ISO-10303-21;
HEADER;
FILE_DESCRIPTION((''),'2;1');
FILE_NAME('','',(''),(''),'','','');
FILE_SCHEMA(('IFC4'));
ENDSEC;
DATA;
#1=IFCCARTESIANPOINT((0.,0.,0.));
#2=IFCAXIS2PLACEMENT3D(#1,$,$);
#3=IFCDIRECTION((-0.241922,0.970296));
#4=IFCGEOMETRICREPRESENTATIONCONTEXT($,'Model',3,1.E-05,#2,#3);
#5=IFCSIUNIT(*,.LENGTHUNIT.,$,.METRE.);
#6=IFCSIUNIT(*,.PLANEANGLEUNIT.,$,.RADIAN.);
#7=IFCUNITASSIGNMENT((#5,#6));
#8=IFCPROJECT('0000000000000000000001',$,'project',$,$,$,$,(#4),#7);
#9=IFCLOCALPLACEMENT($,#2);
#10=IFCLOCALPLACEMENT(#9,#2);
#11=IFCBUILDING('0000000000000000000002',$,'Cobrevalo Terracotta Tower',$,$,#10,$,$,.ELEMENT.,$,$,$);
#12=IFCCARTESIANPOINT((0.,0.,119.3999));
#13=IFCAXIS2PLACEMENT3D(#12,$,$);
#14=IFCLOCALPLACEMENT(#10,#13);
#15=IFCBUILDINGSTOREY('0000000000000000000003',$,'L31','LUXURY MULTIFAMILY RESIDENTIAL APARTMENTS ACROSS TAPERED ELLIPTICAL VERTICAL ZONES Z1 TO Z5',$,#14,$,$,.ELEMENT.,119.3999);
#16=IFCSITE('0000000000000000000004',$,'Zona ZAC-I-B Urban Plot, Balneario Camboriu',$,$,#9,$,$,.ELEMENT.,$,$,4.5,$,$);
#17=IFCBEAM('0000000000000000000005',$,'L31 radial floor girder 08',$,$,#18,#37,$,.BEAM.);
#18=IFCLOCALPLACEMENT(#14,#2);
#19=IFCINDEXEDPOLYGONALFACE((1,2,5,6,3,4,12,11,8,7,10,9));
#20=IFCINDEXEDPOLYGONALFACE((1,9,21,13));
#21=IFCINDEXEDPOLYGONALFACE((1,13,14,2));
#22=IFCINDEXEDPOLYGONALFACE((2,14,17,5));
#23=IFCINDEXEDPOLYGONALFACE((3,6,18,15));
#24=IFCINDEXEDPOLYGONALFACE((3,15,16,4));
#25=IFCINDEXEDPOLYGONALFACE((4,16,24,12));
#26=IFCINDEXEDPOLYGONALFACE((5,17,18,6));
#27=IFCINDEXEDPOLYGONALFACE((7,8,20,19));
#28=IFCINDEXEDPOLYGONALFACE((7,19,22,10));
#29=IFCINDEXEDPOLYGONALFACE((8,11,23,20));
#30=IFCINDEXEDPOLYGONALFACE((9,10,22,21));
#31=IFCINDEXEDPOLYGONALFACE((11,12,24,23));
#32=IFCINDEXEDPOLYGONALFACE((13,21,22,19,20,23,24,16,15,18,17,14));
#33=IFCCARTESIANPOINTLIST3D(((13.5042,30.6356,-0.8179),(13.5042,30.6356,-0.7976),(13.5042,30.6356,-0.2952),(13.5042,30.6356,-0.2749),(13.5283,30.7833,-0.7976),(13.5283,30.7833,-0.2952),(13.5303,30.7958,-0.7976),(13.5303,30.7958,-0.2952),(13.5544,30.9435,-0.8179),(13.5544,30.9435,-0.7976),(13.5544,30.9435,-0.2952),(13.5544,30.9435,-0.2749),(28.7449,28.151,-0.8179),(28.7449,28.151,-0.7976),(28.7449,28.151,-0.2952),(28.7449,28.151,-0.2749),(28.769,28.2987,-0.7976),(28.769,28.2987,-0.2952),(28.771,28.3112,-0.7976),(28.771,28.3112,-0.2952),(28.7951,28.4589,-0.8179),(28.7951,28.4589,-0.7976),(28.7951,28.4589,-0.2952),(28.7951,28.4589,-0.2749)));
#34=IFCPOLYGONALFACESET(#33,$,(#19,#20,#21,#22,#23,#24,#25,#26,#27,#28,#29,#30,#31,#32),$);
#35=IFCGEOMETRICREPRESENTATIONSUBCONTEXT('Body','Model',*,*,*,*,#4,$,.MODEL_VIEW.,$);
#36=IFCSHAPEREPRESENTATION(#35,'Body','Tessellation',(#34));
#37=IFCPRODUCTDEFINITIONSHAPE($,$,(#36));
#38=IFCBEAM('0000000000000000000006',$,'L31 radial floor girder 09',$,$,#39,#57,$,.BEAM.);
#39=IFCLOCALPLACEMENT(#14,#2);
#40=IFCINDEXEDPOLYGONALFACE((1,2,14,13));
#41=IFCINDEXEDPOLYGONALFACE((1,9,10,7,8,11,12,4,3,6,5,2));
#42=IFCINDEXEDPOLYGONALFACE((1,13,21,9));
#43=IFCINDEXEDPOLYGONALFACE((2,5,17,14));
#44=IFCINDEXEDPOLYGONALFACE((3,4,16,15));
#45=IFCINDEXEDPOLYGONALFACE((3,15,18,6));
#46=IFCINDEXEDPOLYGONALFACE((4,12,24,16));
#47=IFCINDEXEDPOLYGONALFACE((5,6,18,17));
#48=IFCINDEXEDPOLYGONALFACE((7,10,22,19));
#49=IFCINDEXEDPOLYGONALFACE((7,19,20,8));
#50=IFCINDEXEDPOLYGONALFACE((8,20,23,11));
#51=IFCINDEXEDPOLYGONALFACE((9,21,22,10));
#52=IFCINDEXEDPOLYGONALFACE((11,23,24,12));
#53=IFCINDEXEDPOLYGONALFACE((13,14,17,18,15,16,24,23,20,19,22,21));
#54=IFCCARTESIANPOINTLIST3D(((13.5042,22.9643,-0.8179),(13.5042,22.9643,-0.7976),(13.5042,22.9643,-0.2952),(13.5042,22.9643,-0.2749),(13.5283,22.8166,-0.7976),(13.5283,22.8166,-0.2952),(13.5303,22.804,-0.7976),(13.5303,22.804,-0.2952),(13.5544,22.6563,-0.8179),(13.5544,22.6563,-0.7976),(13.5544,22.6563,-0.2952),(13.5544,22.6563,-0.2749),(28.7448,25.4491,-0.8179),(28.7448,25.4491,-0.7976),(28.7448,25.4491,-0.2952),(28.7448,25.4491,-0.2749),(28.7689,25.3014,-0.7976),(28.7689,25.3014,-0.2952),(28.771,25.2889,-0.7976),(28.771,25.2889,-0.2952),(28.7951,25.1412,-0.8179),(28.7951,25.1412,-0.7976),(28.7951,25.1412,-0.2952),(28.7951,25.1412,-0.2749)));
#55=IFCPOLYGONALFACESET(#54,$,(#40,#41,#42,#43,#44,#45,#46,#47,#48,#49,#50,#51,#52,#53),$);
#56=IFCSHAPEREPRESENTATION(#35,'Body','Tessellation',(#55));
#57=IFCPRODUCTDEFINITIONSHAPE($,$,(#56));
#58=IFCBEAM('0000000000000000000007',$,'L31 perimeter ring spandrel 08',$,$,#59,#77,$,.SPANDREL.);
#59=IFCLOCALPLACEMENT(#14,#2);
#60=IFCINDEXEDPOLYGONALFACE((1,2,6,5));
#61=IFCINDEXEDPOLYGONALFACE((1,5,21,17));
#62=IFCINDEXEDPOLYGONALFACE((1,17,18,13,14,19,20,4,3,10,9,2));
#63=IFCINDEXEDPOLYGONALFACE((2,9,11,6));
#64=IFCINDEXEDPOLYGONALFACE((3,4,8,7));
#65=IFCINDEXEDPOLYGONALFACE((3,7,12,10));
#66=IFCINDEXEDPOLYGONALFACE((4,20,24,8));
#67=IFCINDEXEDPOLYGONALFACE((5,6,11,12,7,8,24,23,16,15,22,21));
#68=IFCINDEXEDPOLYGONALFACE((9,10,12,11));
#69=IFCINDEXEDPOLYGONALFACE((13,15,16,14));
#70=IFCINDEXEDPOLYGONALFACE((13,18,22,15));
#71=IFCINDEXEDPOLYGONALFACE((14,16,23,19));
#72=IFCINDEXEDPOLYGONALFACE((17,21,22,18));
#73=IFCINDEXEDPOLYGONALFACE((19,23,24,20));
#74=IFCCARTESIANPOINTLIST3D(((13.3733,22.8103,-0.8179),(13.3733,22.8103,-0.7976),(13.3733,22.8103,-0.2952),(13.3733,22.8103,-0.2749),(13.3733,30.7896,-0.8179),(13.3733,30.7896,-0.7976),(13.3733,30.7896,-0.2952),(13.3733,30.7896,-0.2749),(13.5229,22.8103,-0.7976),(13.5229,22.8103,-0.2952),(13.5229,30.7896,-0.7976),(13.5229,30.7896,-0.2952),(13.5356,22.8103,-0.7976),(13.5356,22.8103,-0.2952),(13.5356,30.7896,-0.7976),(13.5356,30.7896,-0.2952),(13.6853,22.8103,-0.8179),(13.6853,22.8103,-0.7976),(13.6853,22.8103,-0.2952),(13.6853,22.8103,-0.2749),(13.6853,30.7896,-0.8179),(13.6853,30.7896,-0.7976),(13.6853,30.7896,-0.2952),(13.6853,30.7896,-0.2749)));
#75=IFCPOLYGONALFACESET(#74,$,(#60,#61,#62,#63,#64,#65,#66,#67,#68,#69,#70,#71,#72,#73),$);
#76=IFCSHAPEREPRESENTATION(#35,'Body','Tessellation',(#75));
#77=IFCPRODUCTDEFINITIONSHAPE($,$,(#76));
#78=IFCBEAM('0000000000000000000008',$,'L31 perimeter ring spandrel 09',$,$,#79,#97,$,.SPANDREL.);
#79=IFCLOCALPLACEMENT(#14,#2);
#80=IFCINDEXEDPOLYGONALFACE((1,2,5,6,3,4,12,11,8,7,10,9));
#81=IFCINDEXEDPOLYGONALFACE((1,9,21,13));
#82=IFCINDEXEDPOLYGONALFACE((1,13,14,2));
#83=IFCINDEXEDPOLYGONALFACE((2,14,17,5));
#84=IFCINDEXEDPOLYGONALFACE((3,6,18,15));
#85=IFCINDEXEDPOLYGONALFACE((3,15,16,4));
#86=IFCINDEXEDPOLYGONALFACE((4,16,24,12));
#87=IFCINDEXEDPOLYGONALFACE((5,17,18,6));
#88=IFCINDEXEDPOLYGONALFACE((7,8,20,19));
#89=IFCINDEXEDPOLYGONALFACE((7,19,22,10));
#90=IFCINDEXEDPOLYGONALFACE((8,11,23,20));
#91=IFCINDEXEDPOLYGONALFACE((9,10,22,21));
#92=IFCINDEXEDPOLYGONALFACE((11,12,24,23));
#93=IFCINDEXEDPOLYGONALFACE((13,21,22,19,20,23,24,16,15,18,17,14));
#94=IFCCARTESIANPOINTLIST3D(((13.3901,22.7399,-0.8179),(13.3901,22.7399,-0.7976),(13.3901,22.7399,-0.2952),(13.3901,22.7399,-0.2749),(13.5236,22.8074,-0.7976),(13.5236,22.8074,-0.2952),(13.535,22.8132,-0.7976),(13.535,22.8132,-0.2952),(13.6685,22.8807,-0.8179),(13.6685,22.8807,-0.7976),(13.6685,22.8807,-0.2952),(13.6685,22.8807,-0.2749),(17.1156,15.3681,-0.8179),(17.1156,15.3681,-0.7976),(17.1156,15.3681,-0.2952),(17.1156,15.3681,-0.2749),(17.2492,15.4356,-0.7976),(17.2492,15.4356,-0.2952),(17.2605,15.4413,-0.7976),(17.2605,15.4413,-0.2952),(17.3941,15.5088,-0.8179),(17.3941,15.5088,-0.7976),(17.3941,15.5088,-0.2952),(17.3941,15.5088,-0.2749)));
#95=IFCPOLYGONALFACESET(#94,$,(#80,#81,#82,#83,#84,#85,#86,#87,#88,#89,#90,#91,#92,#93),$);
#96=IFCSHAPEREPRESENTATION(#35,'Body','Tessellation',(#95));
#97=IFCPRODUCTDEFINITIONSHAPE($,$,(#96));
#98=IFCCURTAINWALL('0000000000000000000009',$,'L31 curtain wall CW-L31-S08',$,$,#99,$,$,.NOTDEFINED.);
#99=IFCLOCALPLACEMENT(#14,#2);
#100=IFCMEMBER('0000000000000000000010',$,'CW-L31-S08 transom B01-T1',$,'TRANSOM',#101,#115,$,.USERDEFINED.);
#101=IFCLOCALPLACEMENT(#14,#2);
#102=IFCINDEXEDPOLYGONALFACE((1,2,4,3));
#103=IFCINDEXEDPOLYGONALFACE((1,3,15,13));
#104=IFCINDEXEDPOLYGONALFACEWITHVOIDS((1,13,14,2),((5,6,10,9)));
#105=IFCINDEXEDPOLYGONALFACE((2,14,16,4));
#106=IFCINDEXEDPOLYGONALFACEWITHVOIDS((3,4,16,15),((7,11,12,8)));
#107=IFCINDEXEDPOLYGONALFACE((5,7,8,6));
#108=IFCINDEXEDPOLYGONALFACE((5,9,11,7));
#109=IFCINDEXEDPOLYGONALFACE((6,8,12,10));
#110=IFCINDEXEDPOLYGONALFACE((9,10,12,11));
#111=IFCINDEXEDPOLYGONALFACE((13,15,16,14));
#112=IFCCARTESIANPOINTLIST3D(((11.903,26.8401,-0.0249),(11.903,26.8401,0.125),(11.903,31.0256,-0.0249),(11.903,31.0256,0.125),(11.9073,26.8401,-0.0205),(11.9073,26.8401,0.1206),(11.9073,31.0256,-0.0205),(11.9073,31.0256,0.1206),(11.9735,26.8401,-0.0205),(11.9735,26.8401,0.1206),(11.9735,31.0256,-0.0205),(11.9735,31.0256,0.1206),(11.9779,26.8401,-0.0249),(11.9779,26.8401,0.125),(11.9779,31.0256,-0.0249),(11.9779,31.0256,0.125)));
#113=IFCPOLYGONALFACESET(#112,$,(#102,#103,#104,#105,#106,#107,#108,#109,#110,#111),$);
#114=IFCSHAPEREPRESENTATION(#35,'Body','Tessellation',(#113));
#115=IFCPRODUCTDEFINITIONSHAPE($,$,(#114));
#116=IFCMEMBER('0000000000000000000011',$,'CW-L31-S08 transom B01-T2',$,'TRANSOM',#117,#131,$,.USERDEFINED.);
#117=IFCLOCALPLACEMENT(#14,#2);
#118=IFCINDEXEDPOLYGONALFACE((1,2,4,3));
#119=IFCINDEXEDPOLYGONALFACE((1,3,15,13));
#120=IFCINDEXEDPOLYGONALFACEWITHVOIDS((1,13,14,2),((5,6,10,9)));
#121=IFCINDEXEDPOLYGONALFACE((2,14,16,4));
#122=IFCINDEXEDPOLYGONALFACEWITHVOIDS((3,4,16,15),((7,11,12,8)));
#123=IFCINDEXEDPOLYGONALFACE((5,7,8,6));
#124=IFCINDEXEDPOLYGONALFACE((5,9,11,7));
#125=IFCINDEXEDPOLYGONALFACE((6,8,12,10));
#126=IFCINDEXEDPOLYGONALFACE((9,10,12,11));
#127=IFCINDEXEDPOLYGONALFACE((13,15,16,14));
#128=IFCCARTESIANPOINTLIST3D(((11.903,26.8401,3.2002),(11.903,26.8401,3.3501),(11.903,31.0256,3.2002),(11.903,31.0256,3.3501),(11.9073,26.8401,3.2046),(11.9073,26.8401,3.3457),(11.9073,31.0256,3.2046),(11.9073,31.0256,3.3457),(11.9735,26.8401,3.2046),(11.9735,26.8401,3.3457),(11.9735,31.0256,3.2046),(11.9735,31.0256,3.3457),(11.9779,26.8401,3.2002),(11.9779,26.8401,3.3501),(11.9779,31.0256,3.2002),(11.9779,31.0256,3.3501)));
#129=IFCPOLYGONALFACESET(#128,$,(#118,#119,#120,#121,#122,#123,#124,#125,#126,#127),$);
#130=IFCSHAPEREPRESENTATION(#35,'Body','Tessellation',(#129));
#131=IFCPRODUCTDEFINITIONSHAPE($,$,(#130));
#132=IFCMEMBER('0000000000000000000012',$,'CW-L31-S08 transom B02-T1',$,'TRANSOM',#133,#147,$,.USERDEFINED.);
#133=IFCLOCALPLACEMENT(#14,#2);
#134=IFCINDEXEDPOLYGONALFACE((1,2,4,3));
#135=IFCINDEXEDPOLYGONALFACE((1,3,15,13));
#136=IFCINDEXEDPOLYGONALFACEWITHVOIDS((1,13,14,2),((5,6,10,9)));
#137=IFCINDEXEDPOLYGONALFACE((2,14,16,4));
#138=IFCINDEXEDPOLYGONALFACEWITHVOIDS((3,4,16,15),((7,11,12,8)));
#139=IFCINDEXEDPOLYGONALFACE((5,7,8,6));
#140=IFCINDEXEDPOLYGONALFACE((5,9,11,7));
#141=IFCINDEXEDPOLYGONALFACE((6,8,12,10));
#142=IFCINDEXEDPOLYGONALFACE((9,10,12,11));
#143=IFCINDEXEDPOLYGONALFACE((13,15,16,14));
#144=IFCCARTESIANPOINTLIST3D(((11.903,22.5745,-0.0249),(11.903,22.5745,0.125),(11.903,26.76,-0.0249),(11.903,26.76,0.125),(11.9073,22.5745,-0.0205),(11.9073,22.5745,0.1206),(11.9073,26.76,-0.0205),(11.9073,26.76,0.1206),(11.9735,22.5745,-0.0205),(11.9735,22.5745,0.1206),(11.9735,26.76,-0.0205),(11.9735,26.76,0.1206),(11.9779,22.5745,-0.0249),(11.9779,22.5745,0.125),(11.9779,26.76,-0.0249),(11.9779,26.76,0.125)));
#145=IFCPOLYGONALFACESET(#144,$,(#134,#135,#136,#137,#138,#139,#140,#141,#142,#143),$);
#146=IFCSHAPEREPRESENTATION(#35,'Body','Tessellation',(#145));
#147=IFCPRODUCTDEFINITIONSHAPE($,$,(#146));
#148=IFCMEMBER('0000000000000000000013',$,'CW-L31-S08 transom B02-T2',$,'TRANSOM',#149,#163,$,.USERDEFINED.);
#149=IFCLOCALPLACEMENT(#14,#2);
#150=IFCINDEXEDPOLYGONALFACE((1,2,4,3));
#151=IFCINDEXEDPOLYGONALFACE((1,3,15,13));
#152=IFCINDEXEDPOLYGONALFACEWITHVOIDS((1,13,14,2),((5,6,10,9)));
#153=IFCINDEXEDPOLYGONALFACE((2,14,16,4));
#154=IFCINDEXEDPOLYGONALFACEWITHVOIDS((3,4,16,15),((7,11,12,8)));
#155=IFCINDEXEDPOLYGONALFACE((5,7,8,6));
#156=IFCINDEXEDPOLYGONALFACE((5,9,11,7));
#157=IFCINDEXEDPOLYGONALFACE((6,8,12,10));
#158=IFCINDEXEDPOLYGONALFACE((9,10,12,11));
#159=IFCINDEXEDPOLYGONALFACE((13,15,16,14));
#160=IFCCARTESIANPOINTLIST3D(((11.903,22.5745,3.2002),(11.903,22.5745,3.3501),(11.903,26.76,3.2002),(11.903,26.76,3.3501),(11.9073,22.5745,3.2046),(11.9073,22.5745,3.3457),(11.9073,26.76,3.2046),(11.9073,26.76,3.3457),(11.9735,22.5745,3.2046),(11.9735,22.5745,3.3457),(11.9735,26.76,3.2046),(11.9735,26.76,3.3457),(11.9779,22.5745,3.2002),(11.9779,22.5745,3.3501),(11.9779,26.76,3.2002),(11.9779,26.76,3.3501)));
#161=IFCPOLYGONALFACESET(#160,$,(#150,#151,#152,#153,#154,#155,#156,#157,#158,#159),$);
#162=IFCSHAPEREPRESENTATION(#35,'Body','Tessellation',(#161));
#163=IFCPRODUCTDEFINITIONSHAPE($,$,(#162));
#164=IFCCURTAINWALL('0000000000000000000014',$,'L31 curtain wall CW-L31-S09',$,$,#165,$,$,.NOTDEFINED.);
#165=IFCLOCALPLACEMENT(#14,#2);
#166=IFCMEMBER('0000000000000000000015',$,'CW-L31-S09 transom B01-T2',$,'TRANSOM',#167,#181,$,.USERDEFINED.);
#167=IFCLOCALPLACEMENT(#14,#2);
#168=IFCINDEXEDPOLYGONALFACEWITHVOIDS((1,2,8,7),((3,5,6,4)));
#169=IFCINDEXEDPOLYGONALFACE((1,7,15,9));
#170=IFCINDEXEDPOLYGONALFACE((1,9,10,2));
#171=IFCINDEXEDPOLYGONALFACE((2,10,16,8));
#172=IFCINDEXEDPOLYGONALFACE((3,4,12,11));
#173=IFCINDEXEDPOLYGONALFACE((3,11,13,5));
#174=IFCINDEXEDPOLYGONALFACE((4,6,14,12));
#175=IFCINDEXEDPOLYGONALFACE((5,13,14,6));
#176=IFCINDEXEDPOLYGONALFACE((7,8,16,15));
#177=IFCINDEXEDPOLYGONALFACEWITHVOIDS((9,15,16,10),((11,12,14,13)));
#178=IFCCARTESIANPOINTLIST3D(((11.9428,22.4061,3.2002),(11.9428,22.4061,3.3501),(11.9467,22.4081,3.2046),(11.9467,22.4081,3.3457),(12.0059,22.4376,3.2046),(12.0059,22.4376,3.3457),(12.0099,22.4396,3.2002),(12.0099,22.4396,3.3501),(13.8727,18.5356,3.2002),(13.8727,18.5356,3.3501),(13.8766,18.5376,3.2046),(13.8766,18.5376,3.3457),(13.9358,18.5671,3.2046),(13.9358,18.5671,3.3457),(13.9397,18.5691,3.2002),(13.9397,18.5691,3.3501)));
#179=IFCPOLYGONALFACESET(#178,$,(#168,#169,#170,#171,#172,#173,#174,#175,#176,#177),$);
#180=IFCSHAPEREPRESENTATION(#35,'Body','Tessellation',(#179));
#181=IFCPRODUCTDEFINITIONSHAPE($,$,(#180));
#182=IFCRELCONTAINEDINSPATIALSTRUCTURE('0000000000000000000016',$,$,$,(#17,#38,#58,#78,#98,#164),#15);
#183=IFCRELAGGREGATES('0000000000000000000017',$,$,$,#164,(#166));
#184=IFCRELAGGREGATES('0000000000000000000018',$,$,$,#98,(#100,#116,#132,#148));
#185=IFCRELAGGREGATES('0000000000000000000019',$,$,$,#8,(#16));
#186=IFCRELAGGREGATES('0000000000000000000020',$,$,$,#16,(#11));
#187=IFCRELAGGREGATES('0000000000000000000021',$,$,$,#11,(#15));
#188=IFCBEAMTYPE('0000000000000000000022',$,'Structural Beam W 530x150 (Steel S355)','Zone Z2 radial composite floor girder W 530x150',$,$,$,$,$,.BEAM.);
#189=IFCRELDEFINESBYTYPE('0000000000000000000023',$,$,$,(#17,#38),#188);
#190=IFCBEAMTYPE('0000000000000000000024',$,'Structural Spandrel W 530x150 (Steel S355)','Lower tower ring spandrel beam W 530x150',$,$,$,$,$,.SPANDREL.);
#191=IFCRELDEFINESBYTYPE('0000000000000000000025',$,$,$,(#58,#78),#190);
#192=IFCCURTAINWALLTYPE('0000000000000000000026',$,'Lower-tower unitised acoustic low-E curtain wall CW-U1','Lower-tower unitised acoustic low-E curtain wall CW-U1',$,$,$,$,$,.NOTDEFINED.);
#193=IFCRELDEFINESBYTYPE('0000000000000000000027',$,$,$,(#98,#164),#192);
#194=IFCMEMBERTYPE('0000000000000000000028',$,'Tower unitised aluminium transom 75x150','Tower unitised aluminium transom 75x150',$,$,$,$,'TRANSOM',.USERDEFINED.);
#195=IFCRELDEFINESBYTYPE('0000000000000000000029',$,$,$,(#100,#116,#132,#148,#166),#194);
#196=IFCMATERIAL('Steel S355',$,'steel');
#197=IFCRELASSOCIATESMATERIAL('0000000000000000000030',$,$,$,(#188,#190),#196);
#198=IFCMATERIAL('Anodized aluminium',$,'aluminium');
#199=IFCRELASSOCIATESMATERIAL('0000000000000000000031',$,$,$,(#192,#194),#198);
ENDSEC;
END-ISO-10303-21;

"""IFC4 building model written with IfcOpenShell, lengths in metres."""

from ifc_helpers import new_model, si_unit, direction, frame, origin, origin_2d, place, context, subcontext, project, spatial, hollow_rectangle, i_section, extrude, source, transform, mapped, material, material_profile, profile_set, type_object, element, aggregate, save


model = new_model("IFC4")

# Units and contexts
model_context = context("Model", 3, precision=1e-05, world=origin(), true_north=direction((-0.241922, 0.970296)))
body_context = subcontext(model_context, "Body", "Model", "MODEL_VIEW")
ifc_project = project(units=[si_unit("LENGTHUNIT", "METRE"), si_unit("PLANEANGLEUNIT", "RADIAN")], contexts=[model_context])

# Site, building, storey
site_placement = place(None, origin())
site = spatial("IfcSite", under=ifc_project, at=site_placement, Name="Zona ZAC-I-B Urban Plot, Balneario Camboriu", CompositionType="ELEMENT", RefElevation=4.5)
building_placement = place(site_placement, origin())
building = spatial("IfcBuilding", under=site, at=building_placement, Name="Cobrevalo Terracotta Tower", CompositionType="ELEMENT")
storey_placement = place(building_placement, frame((0.0, 0.0, 119.3999)))
storey = spatial("IfcBuildingStorey", under=building, at=storey_placement, Name="L31", Description="LUXURY MULTIFAMILY RESIDENTIAL APARTMENTS ACROSS TAPERED ELLIPTICAL VERTICAL ZONES Z1 TO Z5", CompositionType="ELEMENT", Elevation=119.3999)

# Shared definitions
ifc_material_1 = material(Name="Steel S355", Category="steel")

# Beams
ifc_material_profile_1 = material_profile(ifc_material_1, i_section(OverallWidth=0.312, OverallDepth=0.543, WebThickness=0.0127, FlangeThickness=0.0203, at=origin_2d()), Name="W 530x150")
ifc_profile_set_1 = profile_set([ifc_material_profile_1], Name="Steel S355")
beam_type_1 = type_object("IfcBeamType", Name="Structural Beam W 530x150 (Steel S355)", Description="Zone Z2 radial composite floor girder W 530x150", PredefinedType="BEAM", material=ifc_profile_set_1)
for number, where, z_axis, x_axis, name in (
    (1, (13.5293, 30.7896, -0.5464), (0.986971, -0.160901, 0.0), (0.160901, 0.986971, 0.0), "L31 radial floor girder 08"),
    (2, (13.5293, 22.8103, -0.5464), (0.986968, 0.160916, 0.0), (-0.160916, 0.986968, 0.0), "L31 radial floor girder 09"),
):
    element("IfcBeam", number, at=place(storey_placement, frame(where, z_axis=z_axis, x_axis=x_axis)), inside=storey, type_object=beam_type_1, Name=name, PredefinedType="BEAM", context=body_context, shape_type="SweptSolid", body=[
        extrude(i_section(OverallWidth=0.312, OverallDepth=0.543, WebThickness=0.0127, FlangeThickness=0.0203, at=origin_2d()), origin(), (0.0, 0.0, 1.0), 15.4419),
    ])
ifc_material_profile_2 = material_profile(ifc_material_1, i_section(OverallWidth=0.312, OverallDepth=0.543, WebThickness=0.0127, FlangeThickness=0.0203, at=origin_2d()), Name="W 530x150")
ifc_profile_set_2 = profile_set([ifc_material_profile_2], Name="Steel S355")
beam_type_2 = type_object("IfcBeamType", Name="Structural Spandrel W 530x150 (Steel S355)", Description="Lower tower ring spandrel beam W 530x150", PredefinedType="SPANDREL", material=ifc_profile_set_2)
beam_1_placement = place(storey_placement, frame((13.5293, 30.7896, -0.5464), z_axis=(0.0, -1.0, 0.0), x_axis=(1.0, 0.0, 0.0)))
element("IfcBeam", 3, at=beam_1_placement, inside=storey, type_object=beam_type_2, Name="L31 perimeter ring spandrel 08", PredefinedType="SPANDREL", context=body_context, shape_type="SweptSolid", body=[
    extrude(i_section(OverallWidth=0.312, OverallDepth=0.543, WebThickness=0.0127, FlangeThickness=0.0203, at=origin_2d()), origin(), (0.0, 0.0, 1.0), 7.9792),
])
beam_2_placement = place(storey_placement, frame((13.5293, 22.8103, -0.5464), z_axis=(0.451052, -0.892498, 0.0), x_axis=(0.892498, 0.451052, 0.0)))
element("IfcBeam", 4, at=beam_2_placement, inside=storey, type_object=beam_type_2, Name="L31 perimeter ring spandrel 09", PredefinedType="SPANDREL", context=body_context, shape_type="SweptSolid", body=[
    extrude(i_section(OverallWidth=0.312, OverallDepth=0.543, WebThickness=0.0127, FlangeThickness=0.0203, at=origin_2d()), origin(), (0.0, 0.0, 1.0), 8.2598),
])

# Curtain wall, members
ifc_material_2 = material(Name="Anodized aluminium", Category="aluminium")
curtain_wall_type = type_object("IfcCurtainWallType", Name="Lower-tower unitised acoustic low-E curtain wall CW-U1", Description="Lower-tower unitised acoustic low-E curtain wall CW-U1", PredefinedType="NOTDEFINED", material=ifc_material_2)
curtain_wall_1_placement = place(storey_placement, origin())
curtain_wall_1 = element("IfcCurtainWall", 5, at=curtain_wall_1_placement, inside=storey, type_object=curtain_wall_type, Name="L31 curtain wall CW-L31-S08", PredefinedType="NOTDEFINED")
ifc_material_profile_3 = material_profile(ifc_material_2, hollow_rectangle(XDim=0.075, YDim=0.1499, WallThickness=0.0044, at=origin_2d()), Name="CWT 75x150")
ifc_profile_set_3 = profile_set([ifc_material_profile_3], Name="Anodized aluminium")
member_type_1 = type_object("IfcMemberType", Name="Tower unitised aluminium transom 75x150", Description="Tower unitised aluminium transom 75x150", ElementType="TRANSOM", PredefinedType="USERDEFINED", material=ifc_profile_set_3)
shared_shape_1 = source(origin(), body_context, "Body", "SweptSolid", [
    extrude(hollow_rectangle(XDim=0.075, YDim=0.1499, WallThickness=0.0044, at=origin_2d()), origin(), (0.0, 0.0, 1.0), 4.1855),
])
member_1_placement = place(storey_placement, frame((11.9404, 31.0256, 0.05), z_axis=(0.0, -1.0, 0.0), x_axis=(1.0, 0.0, 0.0)))
member_1 = element("IfcMember", 6, at=member_1_placement, type_object=member_type_1, Name="CW-L31-S08 transom B01-T1", ObjectType="TRANSOM", PredefinedType="USERDEFINED", context=body_context, shape_type="MappedRepresentation", body=[
    mapped(shared_shape_1, transform((0.0, 0.0, 0.0), scale=1.0)),
])
member_2_placement = place(storey_placement, frame((11.9404, 31.0256, 3.2751), z_axis=(0.0, -1.0, 0.0), x_axis=(1.0, 0.0, 0.0)))
member_2 = element("IfcMember", 7, at=member_2_placement, type_object=member_type_1, Name="CW-L31-S08 transom B01-T2", ObjectType="TRANSOM", PredefinedType="USERDEFINED", context=body_context, shape_type="MappedRepresentation", body=[
    mapped(shared_shape_1, transform((0.0, 0.0, 0.0), scale=1.0)),
])
member_3_placement = place(storey_placement, frame((11.9404, 26.76, 0.05), z_axis=(0.0, -1.0, 0.0), x_axis=(1.0, 0.0, 0.0)))
member_3 = element("IfcMember", 8, at=member_3_placement, type_object=member_type_1, Name="CW-L31-S08 transom B02-T1", ObjectType="TRANSOM", PredefinedType="USERDEFINED", context=body_context, shape_type="MappedRepresentation", body=[
    mapped(shared_shape_1, transform((0.0, 0.0, 0.0), scale=1.0)),
])
member_4_placement = place(storey_placement, frame((11.9404, 26.76, 3.2751), z_axis=(0.0, -1.0, 0.0), x_axis=(1.0, 0.0, 0.0)))
member_4 = element("IfcMember", 9, at=member_4_placement, type_object=member_type_1, Name="CW-L31-S08 transom B02-T2", ObjectType="TRANSOM", PredefinedType="USERDEFINED", context=body_context, shape_type="MappedRepresentation", body=[
    mapped(shared_shape_1, transform((0.0, 0.0, 0.0), scale=1.0)),
])

# Curtain wall, member
curtain_wall_2_placement = place(storey_placement, origin())
curtain_wall_2 = element("IfcCurtainWall", 10, at=curtain_wall_2_placement, inside=storey, type_object=curtain_wall_type, Name="L31 curtain wall CW-L31-S09", PredefinedType="NOTDEFINED")
shared_shape_2 = source(origin(), body_context, "Body", "SweptSolid", [
    extrude(hollow_rectangle(XDim=0.075, YDim=0.1499, WallThickness=0.0044, at=origin_2d()), origin(), (0.0, 0.0, 1.0), 4.325),
])
member_5_placement = place(storey_placement, frame((11.9763, 22.4229, 3.2751), z_axis=(0.44622, -0.894923, 0.0), x_axis=(0.894923, 0.44622, 0.0)))
member_5 = element("IfcMember", 11, at=member_5_placement, type_object=member_type_1, Name="CW-L31-S09 transom B01-T2", ObjectType="TRANSOM", PredefinedType="USERDEFINED", context=body_context, shape_type="MappedRepresentation", body=[
    mapped(shared_shape_2, transform((0.0, 0.0, 0.0), scale=1.0)),
])

aggregate(curtain_wall_2, [member_5])

aggregate(curtain_wall_1, [member_1, member_2, member_3, member_4])

save(model, "model.ifc")
